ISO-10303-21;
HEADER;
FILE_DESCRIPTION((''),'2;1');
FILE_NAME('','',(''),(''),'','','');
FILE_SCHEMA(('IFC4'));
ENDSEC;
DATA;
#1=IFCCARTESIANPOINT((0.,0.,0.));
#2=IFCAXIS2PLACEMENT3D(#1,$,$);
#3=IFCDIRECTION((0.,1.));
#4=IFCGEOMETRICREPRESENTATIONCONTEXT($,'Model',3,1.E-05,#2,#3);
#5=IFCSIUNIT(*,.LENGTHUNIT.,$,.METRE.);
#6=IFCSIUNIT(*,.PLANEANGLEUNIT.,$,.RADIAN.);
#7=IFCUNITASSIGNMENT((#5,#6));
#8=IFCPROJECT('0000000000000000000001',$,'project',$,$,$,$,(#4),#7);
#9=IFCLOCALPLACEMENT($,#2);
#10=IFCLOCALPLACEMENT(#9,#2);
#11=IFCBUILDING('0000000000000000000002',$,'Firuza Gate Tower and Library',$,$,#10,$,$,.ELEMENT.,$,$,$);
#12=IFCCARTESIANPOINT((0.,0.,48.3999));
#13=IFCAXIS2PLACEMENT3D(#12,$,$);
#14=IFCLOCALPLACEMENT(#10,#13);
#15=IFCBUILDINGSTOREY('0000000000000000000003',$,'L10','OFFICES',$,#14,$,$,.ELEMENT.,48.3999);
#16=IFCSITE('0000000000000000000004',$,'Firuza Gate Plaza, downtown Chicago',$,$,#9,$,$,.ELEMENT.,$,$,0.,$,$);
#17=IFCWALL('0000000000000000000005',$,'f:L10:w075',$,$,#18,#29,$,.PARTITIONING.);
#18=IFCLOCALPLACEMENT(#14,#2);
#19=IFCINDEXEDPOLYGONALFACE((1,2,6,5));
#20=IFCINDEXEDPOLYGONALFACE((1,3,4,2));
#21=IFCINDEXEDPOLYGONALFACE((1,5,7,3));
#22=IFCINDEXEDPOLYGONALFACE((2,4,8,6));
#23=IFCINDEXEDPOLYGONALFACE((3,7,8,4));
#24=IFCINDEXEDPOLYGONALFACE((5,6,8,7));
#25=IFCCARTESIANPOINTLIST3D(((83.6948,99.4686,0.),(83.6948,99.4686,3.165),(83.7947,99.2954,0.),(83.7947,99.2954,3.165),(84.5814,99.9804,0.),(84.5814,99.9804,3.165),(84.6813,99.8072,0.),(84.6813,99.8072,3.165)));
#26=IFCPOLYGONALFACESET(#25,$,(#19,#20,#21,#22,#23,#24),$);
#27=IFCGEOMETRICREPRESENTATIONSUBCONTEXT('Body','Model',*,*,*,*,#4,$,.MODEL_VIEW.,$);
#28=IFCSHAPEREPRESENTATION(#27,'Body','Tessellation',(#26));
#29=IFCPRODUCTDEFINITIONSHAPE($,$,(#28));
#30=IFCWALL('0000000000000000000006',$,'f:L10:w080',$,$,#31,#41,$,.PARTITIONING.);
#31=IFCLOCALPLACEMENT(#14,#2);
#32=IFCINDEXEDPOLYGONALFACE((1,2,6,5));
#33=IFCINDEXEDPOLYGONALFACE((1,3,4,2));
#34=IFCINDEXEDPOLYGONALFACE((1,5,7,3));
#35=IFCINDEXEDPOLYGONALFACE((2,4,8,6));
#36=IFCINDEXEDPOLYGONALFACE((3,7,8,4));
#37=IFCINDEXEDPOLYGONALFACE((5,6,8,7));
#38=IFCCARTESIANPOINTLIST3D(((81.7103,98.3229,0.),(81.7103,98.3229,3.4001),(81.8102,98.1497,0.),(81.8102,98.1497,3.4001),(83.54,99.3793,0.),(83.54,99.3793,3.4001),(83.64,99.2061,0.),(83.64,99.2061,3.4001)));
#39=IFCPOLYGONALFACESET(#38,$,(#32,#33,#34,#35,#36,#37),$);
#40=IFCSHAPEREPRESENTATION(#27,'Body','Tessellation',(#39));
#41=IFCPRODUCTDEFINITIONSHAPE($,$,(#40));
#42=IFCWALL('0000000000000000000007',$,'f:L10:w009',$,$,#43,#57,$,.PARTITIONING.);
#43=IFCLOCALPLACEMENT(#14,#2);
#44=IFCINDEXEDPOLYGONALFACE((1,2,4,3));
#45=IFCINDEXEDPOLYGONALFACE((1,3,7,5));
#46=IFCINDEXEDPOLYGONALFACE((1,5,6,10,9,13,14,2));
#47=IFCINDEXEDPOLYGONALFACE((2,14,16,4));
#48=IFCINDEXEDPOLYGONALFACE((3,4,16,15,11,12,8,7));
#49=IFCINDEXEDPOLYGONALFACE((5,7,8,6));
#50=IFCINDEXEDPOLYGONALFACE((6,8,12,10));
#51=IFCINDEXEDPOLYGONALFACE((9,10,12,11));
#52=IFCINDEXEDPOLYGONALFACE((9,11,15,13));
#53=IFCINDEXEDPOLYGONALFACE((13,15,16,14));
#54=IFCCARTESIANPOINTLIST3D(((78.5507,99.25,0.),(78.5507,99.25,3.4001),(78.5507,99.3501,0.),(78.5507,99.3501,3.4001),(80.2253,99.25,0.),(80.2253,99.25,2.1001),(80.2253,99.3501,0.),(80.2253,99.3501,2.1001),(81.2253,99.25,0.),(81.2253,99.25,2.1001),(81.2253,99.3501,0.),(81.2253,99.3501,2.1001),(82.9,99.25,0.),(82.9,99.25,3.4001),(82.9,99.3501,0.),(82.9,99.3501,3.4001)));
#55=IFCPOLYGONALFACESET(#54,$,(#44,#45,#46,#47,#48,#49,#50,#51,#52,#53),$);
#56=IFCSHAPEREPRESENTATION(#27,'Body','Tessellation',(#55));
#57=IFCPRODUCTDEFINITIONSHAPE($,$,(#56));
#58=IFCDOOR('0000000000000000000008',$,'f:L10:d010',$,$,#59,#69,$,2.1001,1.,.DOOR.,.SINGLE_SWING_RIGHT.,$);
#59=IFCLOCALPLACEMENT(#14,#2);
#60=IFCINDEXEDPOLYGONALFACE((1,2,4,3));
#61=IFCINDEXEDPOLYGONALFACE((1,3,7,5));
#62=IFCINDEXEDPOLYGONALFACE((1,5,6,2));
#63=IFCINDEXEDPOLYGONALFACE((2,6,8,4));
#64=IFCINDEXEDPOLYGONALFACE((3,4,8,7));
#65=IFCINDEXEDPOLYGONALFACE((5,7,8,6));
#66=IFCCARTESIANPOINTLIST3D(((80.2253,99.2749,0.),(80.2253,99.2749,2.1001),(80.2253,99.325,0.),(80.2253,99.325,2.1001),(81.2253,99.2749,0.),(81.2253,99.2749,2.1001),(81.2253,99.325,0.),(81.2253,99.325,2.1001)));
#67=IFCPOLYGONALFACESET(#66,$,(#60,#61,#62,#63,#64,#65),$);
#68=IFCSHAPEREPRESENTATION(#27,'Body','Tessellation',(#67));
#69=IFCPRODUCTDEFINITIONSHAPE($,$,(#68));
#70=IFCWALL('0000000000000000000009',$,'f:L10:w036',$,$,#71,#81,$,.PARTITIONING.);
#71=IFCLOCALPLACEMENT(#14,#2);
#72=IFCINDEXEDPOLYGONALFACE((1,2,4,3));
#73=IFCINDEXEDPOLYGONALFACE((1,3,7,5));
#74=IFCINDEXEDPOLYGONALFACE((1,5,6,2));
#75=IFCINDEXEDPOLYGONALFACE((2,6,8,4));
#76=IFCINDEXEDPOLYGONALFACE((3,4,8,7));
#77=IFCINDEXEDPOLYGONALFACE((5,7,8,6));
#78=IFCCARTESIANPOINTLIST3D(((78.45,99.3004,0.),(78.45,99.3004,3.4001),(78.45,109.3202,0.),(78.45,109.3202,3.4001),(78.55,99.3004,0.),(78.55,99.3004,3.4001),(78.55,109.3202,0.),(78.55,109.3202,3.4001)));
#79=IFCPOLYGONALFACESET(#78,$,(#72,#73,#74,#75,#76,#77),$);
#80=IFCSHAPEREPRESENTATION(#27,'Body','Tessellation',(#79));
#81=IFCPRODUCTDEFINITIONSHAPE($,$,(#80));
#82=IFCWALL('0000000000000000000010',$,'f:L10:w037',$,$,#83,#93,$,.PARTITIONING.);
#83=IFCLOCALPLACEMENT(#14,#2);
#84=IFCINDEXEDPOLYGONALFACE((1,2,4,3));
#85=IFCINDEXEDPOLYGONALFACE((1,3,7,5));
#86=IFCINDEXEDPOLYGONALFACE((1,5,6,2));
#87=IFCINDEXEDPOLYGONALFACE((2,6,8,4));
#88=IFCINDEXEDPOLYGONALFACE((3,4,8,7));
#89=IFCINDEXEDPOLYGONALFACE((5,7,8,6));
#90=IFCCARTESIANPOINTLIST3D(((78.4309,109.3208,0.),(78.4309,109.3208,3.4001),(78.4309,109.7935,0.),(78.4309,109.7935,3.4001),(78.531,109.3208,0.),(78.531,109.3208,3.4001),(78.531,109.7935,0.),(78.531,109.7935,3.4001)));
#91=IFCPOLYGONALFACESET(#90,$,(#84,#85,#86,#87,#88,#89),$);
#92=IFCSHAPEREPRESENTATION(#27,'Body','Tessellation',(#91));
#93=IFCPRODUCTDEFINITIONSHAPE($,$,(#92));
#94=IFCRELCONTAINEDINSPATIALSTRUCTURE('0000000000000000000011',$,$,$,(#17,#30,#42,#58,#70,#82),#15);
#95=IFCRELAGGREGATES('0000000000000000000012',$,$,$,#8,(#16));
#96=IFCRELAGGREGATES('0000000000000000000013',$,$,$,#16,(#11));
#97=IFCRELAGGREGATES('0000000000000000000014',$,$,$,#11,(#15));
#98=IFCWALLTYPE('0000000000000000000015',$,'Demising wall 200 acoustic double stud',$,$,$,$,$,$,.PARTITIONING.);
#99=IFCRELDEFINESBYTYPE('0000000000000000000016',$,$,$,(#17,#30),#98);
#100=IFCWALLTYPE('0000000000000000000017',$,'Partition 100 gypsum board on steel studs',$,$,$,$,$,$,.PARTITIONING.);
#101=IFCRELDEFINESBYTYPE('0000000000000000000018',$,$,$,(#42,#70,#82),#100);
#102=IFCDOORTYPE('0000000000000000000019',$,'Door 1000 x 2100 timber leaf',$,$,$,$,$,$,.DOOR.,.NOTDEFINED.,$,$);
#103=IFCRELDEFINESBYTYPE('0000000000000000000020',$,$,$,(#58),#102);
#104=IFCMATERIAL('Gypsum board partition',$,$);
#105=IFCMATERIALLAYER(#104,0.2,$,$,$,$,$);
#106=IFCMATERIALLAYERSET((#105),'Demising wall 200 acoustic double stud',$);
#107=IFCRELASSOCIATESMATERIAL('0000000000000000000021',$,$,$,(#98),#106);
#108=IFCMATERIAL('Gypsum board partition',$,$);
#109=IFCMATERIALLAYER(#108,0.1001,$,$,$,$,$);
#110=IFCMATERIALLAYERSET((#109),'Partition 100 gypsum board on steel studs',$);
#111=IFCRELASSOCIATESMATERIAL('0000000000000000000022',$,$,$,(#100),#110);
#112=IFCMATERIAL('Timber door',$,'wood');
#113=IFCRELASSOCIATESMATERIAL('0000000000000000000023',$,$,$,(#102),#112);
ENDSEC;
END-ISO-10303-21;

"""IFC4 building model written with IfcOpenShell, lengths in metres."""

from ifc_helpers import new_model, si_unit, direction, frame, frame_2d, origin, place, context, subcontext, project, spatial, rectangle, extrude, material, layer, layer_set, type_object, element, fill, save


model = new_model("IFC4")

# Units and contexts
model_context = context("Model", 3, precision=1e-05, world=origin(), true_north=direction((0.0, 1.0)))
body_context = subcontext(model_context, "Body", "Model", "MODEL_VIEW")
ifc_project = project(units=[si_unit("LENGTHUNIT", "METRE"), si_unit("PLANEANGLEUNIT", "RADIAN")], contexts=[model_context])

# Site, building, storey
site_placement = place(None, origin())
site = spatial("IfcSite", under=ifc_project, at=site_placement, Name="Firuza Gate Plaza, downtown Chicago", CompositionType="ELEMENT", RefElevation=0.0)
building_placement = place(site_placement, origin())
building = spatial("IfcBuilding", under=site, at=building_placement, Name="Firuza Gate Tower and Library", CompositionType="ELEMENT")
storey_placement = place(building_placement, frame((0.0, 0.0, 48.3999)))
storey = spatial("IfcBuildingStorey", under=building, at=storey_placement, Name="L10", Description="OFFICES", CompositionType="ELEMENT", Elevation=48.3999)

# Walls
ifc_material_1 = material(Name="Gypsum board partition")
ifc_layer_1 = layer(ifc_material_1, 0.2)
ifc_layer_set_1 = layer_set([ifc_layer_1], Name="Demising wall 200 acoustic double stud")
wall_type_1 = type_object("IfcWallType", Name="Demising wall 200 acoustic double stud", PredefinedType="PARTITIONING", material=ifc_layer_set_1)
wall_1_placement = place(storey_placement, frame((83.7449, 99.3821, 0.0), z_axis=(0.0, 0.0, 1.0), x_axis=(0.866062, 0.499936, 0.0)))
element("IfcWall", 1, at=wall_1_placement, inside=storey, type_object=wall_type_1, Name="f:L10:w075", PredefinedType="PARTITIONING", context=body_context, shape_type="SweptSolid", body=[
    extrude(rectangle(XDim=1.0237, YDim=0.2, at=frame_2d((0.5117, 0.0))), origin(), (0.0, 0.0, 1.0), 3.165),
])
wall_2_placement = place(storey_placement, frame((81.7603, 98.2363, 0.0), z_axis=(0.0, 0.0, 1.0), x_axis=(0.866037, 0.499979, 0.0)))
element("IfcWall", 2, at=wall_2_placement, inside=storey, type_object=wall_type_1, Name="f:L10:w080", PredefinedType="PARTITIONING", context=body_context, shape_type="SweptSolid", body=[
    extrude(rectangle(XDim=2.1128, YDim=0.2, at=frame_2d((1.0564, 0.0))), origin(), (0.0, 0.0, 1.0), 3.4001),
])

# Wall, opening, door
ifc_material_2 = material(Name="Gypsum board partition")
ifc_layer_2 = layer(ifc_material_2, 0.1001)
ifc_layer_set_2 = layer_set([ifc_layer_2], Name="Partition 100 gypsum board on steel studs")
wall_type_2 = type_object("IfcWallType", Name="Partition 100 gypsum board on steel studs", PredefinedType="PARTITIONING", material=ifc_layer_set_2)
wall_3_placement = place(storey_placement, frame((78.5505, 99.3, 0.0), z_axis=(0.0, 0.0, 1.0), x_axis=(1.0, 0.0, 0.0)))
wall_3 = element("IfcWall", 3, at=wall_3_placement, inside=storey, type_object=wall_type_2, Name="f:L10:w009", PredefinedType="PARTITIONING", context=body_context, shape_type="SweptSolid", body=[
    extrude(rectangle(XDim=4.3494, YDim=0.1001, at=frame_2d((2.1748, 0.0))), origin(), (0.0, 0.0, 1.0), 3.4001),
])
opening_placement = place(wall_3_placement, frame((1.6748, 0.0, 0.0)))
opening = element("IfcOpeningElement", 4, at=opening_placement, cuts=wall_3, PredefinedType="OPENING", context=body_context, shape_type="SweptSolid", body=[
    extrude(rectangle(XDim=1.0, YDim=2.1001, at=frame_2d((0.5, 1.05))), frame((0.0, 0.0601, 0.0), z_axis=(0.0, -1.0, 0.0), x_axis=(1.0, 0.0, 0.0)), (0.0, 0.0, 1.0), 0.1201),
])
ifc_material_3 = material(Name="Timber door", Category="wood")
door_type = type_object("IfcDoorType", Name="Door 1000 x 2100 timber leaf", OperationType="NOTDEFINED", PredefinedType="DOOR", material=ifc_material_3)
door_placement = place(opening_placement, origin())
door = element("IfcDoor", 5, at=door_placement, inside=storey, type_object=door_type, Name="f:L10:d010", OperationType="SINGLE_SWING_RIGHT", OverallHeight=2.1001, OverallWidth=1.0, PredefinedType="DOOR", context=body_context, shape_type="SweptSolid", body=[
    extrude(rectangle(XDim=1.0, YDim=2.1001, at=frame_2d((0.5, 1.05))), frame((0.0, 0.0249, 0.0), z_axis=(0.0, -1.0, 0.0), x_axis=(1.0, 0.0, 0.0)), (0.0, 0.0, 1.0), 0.05),
])
fill(opening, door)

# Walls
wall_4_placement = place(storey_placement, frame((78.5, 99.3005, 0.0), z_axis=(0.0, 0.0, 1.0), x_axis=(0.0, 1.0, 0.0)))
element("IfcWall", 6, at=wall_4_placement, inside=storey, type_object=wall_type_2, Name="f:L10:w036", PredefinedType="PARTITIONING", context=body_context, shape_type="SweptSolid", body=[
    extrude(rectangle(XDim=10.0198, YDim=0.1001, at=frame_2d((5.0098, 0.0))), origin(), (0.0, 0.0, 1.0), 3.4001),
])
wall_5_placement = place(storey_placement, frame((78.481, 109.3208, 0.0), z_axis=(0.0, 0.0, 1.0), x_axis=(0.0, 1.0, 0.0)))
element("IfcWall", 7, at=wall_5_placement, inside=storey, type_object=wall_type_2, Name="f:L10:w037", PredefinedType="PARTITIONING", context=body_context, shape_type="SweptSolid", body=[
    extrude(rectangle(XDim=0.4727, YDim=0.1001, at=frame_2d((0.2363, 0.0))), origin(), (0.0, 0.0, 1.0), 3.4001),
])

save(model, "model.ifc")
